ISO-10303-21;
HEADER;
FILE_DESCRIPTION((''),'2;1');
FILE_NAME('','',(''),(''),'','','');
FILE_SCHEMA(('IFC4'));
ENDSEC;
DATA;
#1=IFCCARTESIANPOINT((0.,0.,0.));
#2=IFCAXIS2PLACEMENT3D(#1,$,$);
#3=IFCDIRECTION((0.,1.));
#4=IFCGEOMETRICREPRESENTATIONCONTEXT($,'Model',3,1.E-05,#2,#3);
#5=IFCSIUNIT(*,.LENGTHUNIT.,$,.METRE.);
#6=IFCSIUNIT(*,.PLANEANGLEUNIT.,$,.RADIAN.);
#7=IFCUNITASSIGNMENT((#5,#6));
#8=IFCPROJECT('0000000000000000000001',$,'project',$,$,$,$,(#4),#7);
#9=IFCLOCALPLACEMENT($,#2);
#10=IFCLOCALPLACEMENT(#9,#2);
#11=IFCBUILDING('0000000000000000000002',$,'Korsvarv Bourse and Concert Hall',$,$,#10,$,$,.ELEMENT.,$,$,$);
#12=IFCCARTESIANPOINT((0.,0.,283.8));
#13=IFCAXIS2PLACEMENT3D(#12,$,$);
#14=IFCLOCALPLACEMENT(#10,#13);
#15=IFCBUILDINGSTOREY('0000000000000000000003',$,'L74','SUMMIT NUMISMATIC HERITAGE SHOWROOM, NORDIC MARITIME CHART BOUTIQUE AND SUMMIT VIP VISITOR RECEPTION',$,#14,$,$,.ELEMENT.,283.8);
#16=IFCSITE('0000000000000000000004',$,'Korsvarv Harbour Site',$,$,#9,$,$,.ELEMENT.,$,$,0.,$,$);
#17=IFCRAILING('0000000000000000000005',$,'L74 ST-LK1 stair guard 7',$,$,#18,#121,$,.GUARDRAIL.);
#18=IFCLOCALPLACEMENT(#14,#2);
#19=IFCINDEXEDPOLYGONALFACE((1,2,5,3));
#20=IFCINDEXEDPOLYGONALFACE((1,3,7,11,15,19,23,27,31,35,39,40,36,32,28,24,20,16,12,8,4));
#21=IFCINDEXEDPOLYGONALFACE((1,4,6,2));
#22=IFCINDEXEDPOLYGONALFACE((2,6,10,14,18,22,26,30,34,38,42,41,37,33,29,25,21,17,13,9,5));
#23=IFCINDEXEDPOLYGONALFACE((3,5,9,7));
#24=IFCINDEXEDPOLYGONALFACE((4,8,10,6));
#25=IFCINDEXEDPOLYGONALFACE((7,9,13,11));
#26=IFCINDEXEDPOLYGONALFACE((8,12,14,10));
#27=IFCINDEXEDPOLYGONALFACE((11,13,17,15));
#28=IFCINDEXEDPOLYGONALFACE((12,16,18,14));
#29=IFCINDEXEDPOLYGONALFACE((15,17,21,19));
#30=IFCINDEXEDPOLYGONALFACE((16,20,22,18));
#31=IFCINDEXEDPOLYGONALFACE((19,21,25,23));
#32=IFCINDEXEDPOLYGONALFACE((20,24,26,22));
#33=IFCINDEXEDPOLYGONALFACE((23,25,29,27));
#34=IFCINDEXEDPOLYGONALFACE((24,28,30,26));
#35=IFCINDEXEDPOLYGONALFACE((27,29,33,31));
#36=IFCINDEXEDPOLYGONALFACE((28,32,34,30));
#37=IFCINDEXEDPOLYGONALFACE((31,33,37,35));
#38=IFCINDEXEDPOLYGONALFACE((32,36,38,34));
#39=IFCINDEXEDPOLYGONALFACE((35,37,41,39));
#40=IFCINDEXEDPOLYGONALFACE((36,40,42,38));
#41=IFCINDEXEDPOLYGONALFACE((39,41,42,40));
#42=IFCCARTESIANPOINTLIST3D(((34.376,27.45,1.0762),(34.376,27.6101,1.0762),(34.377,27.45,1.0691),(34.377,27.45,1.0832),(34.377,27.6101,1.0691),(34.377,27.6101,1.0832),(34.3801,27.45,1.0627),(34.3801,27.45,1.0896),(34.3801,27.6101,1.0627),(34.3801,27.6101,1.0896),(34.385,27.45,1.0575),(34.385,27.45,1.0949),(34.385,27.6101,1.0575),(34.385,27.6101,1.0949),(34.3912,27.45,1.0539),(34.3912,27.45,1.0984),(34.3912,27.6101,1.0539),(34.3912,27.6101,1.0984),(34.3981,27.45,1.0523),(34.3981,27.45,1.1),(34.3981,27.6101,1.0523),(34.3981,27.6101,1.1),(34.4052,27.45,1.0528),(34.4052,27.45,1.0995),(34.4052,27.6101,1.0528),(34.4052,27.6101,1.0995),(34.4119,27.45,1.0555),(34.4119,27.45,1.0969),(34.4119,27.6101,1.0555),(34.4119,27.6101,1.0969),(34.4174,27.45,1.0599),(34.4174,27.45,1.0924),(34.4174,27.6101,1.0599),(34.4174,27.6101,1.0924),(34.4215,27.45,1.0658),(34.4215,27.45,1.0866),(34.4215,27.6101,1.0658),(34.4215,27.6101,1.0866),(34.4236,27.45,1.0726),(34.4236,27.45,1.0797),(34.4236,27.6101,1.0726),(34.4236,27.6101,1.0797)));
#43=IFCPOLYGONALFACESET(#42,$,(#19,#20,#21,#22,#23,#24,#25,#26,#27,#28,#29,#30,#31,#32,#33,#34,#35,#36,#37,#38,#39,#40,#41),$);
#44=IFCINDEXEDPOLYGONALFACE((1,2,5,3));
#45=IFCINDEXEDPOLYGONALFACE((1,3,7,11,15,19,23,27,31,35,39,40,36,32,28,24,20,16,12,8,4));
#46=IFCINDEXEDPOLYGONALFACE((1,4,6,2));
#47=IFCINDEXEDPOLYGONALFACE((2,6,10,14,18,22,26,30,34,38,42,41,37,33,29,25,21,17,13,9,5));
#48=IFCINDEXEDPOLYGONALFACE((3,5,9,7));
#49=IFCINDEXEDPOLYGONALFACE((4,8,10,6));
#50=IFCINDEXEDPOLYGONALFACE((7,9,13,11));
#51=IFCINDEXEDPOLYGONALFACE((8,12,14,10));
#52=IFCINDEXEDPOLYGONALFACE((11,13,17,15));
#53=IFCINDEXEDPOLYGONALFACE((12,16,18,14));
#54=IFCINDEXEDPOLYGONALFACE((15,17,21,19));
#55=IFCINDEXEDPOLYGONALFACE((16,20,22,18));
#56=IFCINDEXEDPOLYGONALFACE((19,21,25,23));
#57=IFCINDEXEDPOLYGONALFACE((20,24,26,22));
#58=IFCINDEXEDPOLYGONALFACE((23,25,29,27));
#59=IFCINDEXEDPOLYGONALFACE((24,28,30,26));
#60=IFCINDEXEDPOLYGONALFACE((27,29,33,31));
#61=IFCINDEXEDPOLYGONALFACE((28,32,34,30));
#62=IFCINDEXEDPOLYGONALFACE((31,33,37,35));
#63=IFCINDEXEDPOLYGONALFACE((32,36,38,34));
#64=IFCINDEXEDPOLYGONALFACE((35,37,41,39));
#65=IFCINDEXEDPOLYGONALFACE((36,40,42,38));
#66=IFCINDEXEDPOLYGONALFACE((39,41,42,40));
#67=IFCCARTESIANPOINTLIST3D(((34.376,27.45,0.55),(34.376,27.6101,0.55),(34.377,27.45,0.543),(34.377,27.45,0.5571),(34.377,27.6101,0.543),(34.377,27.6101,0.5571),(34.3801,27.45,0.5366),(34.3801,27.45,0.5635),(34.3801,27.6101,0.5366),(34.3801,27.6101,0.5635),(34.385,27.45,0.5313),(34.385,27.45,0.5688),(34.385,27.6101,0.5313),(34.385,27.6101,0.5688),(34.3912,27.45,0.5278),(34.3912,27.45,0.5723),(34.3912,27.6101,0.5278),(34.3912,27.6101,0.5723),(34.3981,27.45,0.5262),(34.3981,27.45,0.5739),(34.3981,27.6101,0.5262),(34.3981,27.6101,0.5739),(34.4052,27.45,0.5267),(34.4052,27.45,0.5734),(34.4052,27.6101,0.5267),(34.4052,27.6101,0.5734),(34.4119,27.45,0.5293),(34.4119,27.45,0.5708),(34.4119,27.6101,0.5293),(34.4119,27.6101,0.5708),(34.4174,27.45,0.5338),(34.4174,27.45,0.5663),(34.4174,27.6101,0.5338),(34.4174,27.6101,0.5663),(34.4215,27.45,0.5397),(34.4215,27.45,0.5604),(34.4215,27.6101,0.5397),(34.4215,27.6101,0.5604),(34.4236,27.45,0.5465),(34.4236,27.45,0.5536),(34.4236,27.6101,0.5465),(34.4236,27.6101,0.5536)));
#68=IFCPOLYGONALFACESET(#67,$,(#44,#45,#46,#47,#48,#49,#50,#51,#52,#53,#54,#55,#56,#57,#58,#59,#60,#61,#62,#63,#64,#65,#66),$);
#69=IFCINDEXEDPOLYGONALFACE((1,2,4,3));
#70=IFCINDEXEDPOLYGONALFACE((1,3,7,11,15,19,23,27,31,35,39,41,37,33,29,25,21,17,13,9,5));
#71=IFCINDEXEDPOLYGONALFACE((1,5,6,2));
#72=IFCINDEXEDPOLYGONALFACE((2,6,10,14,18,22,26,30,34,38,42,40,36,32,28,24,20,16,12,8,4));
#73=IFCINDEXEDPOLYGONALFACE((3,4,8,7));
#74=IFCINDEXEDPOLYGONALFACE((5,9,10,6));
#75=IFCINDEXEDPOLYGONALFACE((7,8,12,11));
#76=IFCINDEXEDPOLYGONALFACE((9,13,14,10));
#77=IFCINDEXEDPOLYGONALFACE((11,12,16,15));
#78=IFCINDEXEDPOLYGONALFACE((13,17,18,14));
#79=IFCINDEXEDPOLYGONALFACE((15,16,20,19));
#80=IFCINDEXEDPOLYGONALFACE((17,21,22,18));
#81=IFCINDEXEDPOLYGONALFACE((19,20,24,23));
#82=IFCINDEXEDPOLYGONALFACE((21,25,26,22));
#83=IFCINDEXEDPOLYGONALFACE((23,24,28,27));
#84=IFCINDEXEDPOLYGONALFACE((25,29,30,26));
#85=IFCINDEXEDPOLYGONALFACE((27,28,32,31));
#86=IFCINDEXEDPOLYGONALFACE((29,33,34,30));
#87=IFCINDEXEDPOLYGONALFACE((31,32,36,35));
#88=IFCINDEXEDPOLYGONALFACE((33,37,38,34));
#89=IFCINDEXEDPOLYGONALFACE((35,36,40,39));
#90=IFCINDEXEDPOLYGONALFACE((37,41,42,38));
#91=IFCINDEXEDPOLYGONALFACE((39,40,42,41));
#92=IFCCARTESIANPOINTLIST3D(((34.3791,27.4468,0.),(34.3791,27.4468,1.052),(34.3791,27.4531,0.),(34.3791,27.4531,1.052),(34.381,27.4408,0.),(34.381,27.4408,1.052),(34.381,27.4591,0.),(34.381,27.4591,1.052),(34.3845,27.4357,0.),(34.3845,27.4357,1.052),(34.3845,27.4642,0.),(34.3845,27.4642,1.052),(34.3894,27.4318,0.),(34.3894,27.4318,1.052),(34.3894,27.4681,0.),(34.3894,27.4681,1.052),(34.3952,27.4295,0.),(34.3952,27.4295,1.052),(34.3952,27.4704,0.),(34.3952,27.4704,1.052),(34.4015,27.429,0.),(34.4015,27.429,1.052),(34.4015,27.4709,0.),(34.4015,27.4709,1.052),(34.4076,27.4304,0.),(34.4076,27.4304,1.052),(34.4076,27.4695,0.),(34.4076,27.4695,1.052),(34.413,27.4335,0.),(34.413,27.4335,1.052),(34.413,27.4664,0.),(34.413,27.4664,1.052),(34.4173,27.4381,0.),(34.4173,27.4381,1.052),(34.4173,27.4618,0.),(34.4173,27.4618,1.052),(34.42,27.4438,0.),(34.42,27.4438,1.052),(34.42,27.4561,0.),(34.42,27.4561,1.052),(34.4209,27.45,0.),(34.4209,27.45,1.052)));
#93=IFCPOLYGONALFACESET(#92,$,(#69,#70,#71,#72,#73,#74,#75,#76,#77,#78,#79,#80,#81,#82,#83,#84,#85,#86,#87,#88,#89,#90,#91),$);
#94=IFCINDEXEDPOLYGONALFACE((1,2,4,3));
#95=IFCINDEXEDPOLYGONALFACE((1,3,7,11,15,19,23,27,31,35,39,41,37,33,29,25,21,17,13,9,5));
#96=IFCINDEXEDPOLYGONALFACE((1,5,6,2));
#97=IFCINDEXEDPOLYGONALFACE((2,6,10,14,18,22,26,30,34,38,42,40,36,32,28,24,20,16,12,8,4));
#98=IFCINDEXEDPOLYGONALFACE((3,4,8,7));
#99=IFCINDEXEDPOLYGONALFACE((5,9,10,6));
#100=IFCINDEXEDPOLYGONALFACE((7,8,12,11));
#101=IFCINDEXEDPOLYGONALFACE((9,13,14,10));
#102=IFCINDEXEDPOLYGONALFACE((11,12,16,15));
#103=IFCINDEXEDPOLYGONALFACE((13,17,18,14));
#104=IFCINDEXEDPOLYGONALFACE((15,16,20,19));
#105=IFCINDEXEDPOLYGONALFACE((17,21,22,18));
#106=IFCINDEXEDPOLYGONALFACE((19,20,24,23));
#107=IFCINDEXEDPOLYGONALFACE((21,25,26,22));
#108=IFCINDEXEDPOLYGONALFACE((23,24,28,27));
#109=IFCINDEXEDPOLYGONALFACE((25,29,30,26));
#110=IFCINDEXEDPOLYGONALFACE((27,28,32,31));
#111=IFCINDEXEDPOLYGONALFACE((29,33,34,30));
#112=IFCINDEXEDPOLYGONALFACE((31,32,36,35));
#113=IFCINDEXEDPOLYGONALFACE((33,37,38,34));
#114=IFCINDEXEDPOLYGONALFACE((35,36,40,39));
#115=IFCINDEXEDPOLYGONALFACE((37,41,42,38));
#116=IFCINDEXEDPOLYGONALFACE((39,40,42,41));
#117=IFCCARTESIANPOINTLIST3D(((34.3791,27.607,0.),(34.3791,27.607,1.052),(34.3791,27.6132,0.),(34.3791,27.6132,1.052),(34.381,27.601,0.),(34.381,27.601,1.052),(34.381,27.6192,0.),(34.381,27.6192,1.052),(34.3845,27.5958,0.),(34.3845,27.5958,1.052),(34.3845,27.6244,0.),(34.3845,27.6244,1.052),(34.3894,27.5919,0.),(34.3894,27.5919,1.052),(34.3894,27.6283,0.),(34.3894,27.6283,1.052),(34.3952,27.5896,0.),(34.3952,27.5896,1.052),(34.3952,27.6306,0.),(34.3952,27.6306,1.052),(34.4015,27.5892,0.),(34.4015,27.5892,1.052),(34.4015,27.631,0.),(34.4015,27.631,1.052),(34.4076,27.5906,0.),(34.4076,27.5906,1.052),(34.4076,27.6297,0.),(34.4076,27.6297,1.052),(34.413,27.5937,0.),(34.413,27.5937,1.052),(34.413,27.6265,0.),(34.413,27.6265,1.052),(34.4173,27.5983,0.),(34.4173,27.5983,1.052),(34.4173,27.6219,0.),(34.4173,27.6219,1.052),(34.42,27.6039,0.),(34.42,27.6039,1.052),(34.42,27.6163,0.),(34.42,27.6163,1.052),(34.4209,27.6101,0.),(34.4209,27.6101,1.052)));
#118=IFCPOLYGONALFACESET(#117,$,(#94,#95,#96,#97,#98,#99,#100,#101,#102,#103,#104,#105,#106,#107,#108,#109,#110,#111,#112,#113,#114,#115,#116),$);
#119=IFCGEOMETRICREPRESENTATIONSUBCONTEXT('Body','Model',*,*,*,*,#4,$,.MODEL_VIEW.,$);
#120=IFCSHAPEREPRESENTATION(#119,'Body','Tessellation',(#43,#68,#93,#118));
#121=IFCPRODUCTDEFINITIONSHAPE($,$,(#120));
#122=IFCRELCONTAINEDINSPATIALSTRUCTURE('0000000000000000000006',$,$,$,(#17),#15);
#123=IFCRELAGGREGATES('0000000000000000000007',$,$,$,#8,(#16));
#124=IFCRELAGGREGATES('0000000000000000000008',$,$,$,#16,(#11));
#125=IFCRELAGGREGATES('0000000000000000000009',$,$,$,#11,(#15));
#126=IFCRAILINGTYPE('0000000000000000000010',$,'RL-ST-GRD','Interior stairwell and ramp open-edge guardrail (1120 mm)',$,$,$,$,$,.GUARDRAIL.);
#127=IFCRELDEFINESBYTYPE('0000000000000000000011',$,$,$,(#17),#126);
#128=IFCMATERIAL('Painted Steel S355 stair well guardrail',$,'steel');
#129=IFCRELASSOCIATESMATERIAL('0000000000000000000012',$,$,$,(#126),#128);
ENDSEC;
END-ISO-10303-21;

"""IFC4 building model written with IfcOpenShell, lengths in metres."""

from ifc_helpers import new_model, si_unit, direction, frame, origin, origin_2d, place, context, subcontext, project, spatial, circle, extrude, material, type_object, element, save


model = new_model("IFC4")

# Units and contexts
model_context = context("Model", 3, precision=1e-05, world=origin(), true_north=direction((0.0, 1.0)))
body_context = subcontext(model_context, "Body", "Model", "MODEL_VIEW")
ifc_project = project(units=[si_unit("LENGTHUNIT", "METRE"), si_unit("PLANEANGLEUNIT", "RADIAN")], contexts=[model_context])

# Site, building, storey
site_placement = place(None, origin())
site = spatial("IfcSite", under=ifc_project, at=site_placement, Name="Korsvarv Harbour Site", CompositionType="ELEMENT", RefElevation=0.0)
building_placement = place(site_placement, origin())
building = spatial("IfcBuilding", under=site, at=building_placement, Name="Korsvarv Bourse and Concert Hall", CompositionType="ELEMENT")
storey_placement = place(building_placement, frame((0.0, 0.0, 283.8)))
storey = spatial("IfcBuildingStorey", under=building, at=storey_placement, Name="L74", Description="SUMMIT NUMISMATIC HERITAGE SHOWROOM, NORDIC MARITIME CHART BOUTIQUE AND SUMMIT VIP VISITOR RECEPTION", CompositionType="ELEMENT", Elevation=283.8)

# Railing
ifc_material_1 = material(Name="Painted Steel S355 stair well guardrail", Category="steel")
railing_type_1 = type_object("IfcRailingType", Name="RL-ST-GRD", Description="Interior stairwell and ramp open-edge guardrail (1120 mm)", PredefinedType="GUARDRAIL", material=ifc_material_1)
railing_1_placement = place(storey_placement, frame((34.3999, 27.45, 0.0)))
element("IfcRailing", 1, at=railing_1_placement, inside=storey, type_object=railing_type_1, Name="L74 ST-LK1 stair guard 7", PredefinedType="GUARDRAIL", context=body_context, shape_type="SweptSolid", body=[
    extrude(circle(Radius=0.0239, at=origin_2d()), frame((0.0, 0.0, 1.0762), z_axis=(0.0, 1.0, 0.0), x_axis=(-1.0, 0.0, 0.0)), (0.0, 0.0, 1.0), 0.1602),
    extrude(circle(Radius=0.0239, at=origin_2d()), frame((0.0, 0.0, 0.55), z_axis=(0.0, 1.0, 0.0), x_axis=(-1.0, 0.0, 0.0)), (0.0, 0.0, 1.0), 0.1602),
    extrude(circle(Radius=0.021, at=origin_2d()), origin(), (0.0, 0.0, 1.0), 1.052),
    extrude(circle(Radius=0.021, at=origin_2d()), frame((0.0, 0.1602, 0.0)), (0.0, 0.0, 1.0), 1.052),
])

save(model, "model.ifc")
